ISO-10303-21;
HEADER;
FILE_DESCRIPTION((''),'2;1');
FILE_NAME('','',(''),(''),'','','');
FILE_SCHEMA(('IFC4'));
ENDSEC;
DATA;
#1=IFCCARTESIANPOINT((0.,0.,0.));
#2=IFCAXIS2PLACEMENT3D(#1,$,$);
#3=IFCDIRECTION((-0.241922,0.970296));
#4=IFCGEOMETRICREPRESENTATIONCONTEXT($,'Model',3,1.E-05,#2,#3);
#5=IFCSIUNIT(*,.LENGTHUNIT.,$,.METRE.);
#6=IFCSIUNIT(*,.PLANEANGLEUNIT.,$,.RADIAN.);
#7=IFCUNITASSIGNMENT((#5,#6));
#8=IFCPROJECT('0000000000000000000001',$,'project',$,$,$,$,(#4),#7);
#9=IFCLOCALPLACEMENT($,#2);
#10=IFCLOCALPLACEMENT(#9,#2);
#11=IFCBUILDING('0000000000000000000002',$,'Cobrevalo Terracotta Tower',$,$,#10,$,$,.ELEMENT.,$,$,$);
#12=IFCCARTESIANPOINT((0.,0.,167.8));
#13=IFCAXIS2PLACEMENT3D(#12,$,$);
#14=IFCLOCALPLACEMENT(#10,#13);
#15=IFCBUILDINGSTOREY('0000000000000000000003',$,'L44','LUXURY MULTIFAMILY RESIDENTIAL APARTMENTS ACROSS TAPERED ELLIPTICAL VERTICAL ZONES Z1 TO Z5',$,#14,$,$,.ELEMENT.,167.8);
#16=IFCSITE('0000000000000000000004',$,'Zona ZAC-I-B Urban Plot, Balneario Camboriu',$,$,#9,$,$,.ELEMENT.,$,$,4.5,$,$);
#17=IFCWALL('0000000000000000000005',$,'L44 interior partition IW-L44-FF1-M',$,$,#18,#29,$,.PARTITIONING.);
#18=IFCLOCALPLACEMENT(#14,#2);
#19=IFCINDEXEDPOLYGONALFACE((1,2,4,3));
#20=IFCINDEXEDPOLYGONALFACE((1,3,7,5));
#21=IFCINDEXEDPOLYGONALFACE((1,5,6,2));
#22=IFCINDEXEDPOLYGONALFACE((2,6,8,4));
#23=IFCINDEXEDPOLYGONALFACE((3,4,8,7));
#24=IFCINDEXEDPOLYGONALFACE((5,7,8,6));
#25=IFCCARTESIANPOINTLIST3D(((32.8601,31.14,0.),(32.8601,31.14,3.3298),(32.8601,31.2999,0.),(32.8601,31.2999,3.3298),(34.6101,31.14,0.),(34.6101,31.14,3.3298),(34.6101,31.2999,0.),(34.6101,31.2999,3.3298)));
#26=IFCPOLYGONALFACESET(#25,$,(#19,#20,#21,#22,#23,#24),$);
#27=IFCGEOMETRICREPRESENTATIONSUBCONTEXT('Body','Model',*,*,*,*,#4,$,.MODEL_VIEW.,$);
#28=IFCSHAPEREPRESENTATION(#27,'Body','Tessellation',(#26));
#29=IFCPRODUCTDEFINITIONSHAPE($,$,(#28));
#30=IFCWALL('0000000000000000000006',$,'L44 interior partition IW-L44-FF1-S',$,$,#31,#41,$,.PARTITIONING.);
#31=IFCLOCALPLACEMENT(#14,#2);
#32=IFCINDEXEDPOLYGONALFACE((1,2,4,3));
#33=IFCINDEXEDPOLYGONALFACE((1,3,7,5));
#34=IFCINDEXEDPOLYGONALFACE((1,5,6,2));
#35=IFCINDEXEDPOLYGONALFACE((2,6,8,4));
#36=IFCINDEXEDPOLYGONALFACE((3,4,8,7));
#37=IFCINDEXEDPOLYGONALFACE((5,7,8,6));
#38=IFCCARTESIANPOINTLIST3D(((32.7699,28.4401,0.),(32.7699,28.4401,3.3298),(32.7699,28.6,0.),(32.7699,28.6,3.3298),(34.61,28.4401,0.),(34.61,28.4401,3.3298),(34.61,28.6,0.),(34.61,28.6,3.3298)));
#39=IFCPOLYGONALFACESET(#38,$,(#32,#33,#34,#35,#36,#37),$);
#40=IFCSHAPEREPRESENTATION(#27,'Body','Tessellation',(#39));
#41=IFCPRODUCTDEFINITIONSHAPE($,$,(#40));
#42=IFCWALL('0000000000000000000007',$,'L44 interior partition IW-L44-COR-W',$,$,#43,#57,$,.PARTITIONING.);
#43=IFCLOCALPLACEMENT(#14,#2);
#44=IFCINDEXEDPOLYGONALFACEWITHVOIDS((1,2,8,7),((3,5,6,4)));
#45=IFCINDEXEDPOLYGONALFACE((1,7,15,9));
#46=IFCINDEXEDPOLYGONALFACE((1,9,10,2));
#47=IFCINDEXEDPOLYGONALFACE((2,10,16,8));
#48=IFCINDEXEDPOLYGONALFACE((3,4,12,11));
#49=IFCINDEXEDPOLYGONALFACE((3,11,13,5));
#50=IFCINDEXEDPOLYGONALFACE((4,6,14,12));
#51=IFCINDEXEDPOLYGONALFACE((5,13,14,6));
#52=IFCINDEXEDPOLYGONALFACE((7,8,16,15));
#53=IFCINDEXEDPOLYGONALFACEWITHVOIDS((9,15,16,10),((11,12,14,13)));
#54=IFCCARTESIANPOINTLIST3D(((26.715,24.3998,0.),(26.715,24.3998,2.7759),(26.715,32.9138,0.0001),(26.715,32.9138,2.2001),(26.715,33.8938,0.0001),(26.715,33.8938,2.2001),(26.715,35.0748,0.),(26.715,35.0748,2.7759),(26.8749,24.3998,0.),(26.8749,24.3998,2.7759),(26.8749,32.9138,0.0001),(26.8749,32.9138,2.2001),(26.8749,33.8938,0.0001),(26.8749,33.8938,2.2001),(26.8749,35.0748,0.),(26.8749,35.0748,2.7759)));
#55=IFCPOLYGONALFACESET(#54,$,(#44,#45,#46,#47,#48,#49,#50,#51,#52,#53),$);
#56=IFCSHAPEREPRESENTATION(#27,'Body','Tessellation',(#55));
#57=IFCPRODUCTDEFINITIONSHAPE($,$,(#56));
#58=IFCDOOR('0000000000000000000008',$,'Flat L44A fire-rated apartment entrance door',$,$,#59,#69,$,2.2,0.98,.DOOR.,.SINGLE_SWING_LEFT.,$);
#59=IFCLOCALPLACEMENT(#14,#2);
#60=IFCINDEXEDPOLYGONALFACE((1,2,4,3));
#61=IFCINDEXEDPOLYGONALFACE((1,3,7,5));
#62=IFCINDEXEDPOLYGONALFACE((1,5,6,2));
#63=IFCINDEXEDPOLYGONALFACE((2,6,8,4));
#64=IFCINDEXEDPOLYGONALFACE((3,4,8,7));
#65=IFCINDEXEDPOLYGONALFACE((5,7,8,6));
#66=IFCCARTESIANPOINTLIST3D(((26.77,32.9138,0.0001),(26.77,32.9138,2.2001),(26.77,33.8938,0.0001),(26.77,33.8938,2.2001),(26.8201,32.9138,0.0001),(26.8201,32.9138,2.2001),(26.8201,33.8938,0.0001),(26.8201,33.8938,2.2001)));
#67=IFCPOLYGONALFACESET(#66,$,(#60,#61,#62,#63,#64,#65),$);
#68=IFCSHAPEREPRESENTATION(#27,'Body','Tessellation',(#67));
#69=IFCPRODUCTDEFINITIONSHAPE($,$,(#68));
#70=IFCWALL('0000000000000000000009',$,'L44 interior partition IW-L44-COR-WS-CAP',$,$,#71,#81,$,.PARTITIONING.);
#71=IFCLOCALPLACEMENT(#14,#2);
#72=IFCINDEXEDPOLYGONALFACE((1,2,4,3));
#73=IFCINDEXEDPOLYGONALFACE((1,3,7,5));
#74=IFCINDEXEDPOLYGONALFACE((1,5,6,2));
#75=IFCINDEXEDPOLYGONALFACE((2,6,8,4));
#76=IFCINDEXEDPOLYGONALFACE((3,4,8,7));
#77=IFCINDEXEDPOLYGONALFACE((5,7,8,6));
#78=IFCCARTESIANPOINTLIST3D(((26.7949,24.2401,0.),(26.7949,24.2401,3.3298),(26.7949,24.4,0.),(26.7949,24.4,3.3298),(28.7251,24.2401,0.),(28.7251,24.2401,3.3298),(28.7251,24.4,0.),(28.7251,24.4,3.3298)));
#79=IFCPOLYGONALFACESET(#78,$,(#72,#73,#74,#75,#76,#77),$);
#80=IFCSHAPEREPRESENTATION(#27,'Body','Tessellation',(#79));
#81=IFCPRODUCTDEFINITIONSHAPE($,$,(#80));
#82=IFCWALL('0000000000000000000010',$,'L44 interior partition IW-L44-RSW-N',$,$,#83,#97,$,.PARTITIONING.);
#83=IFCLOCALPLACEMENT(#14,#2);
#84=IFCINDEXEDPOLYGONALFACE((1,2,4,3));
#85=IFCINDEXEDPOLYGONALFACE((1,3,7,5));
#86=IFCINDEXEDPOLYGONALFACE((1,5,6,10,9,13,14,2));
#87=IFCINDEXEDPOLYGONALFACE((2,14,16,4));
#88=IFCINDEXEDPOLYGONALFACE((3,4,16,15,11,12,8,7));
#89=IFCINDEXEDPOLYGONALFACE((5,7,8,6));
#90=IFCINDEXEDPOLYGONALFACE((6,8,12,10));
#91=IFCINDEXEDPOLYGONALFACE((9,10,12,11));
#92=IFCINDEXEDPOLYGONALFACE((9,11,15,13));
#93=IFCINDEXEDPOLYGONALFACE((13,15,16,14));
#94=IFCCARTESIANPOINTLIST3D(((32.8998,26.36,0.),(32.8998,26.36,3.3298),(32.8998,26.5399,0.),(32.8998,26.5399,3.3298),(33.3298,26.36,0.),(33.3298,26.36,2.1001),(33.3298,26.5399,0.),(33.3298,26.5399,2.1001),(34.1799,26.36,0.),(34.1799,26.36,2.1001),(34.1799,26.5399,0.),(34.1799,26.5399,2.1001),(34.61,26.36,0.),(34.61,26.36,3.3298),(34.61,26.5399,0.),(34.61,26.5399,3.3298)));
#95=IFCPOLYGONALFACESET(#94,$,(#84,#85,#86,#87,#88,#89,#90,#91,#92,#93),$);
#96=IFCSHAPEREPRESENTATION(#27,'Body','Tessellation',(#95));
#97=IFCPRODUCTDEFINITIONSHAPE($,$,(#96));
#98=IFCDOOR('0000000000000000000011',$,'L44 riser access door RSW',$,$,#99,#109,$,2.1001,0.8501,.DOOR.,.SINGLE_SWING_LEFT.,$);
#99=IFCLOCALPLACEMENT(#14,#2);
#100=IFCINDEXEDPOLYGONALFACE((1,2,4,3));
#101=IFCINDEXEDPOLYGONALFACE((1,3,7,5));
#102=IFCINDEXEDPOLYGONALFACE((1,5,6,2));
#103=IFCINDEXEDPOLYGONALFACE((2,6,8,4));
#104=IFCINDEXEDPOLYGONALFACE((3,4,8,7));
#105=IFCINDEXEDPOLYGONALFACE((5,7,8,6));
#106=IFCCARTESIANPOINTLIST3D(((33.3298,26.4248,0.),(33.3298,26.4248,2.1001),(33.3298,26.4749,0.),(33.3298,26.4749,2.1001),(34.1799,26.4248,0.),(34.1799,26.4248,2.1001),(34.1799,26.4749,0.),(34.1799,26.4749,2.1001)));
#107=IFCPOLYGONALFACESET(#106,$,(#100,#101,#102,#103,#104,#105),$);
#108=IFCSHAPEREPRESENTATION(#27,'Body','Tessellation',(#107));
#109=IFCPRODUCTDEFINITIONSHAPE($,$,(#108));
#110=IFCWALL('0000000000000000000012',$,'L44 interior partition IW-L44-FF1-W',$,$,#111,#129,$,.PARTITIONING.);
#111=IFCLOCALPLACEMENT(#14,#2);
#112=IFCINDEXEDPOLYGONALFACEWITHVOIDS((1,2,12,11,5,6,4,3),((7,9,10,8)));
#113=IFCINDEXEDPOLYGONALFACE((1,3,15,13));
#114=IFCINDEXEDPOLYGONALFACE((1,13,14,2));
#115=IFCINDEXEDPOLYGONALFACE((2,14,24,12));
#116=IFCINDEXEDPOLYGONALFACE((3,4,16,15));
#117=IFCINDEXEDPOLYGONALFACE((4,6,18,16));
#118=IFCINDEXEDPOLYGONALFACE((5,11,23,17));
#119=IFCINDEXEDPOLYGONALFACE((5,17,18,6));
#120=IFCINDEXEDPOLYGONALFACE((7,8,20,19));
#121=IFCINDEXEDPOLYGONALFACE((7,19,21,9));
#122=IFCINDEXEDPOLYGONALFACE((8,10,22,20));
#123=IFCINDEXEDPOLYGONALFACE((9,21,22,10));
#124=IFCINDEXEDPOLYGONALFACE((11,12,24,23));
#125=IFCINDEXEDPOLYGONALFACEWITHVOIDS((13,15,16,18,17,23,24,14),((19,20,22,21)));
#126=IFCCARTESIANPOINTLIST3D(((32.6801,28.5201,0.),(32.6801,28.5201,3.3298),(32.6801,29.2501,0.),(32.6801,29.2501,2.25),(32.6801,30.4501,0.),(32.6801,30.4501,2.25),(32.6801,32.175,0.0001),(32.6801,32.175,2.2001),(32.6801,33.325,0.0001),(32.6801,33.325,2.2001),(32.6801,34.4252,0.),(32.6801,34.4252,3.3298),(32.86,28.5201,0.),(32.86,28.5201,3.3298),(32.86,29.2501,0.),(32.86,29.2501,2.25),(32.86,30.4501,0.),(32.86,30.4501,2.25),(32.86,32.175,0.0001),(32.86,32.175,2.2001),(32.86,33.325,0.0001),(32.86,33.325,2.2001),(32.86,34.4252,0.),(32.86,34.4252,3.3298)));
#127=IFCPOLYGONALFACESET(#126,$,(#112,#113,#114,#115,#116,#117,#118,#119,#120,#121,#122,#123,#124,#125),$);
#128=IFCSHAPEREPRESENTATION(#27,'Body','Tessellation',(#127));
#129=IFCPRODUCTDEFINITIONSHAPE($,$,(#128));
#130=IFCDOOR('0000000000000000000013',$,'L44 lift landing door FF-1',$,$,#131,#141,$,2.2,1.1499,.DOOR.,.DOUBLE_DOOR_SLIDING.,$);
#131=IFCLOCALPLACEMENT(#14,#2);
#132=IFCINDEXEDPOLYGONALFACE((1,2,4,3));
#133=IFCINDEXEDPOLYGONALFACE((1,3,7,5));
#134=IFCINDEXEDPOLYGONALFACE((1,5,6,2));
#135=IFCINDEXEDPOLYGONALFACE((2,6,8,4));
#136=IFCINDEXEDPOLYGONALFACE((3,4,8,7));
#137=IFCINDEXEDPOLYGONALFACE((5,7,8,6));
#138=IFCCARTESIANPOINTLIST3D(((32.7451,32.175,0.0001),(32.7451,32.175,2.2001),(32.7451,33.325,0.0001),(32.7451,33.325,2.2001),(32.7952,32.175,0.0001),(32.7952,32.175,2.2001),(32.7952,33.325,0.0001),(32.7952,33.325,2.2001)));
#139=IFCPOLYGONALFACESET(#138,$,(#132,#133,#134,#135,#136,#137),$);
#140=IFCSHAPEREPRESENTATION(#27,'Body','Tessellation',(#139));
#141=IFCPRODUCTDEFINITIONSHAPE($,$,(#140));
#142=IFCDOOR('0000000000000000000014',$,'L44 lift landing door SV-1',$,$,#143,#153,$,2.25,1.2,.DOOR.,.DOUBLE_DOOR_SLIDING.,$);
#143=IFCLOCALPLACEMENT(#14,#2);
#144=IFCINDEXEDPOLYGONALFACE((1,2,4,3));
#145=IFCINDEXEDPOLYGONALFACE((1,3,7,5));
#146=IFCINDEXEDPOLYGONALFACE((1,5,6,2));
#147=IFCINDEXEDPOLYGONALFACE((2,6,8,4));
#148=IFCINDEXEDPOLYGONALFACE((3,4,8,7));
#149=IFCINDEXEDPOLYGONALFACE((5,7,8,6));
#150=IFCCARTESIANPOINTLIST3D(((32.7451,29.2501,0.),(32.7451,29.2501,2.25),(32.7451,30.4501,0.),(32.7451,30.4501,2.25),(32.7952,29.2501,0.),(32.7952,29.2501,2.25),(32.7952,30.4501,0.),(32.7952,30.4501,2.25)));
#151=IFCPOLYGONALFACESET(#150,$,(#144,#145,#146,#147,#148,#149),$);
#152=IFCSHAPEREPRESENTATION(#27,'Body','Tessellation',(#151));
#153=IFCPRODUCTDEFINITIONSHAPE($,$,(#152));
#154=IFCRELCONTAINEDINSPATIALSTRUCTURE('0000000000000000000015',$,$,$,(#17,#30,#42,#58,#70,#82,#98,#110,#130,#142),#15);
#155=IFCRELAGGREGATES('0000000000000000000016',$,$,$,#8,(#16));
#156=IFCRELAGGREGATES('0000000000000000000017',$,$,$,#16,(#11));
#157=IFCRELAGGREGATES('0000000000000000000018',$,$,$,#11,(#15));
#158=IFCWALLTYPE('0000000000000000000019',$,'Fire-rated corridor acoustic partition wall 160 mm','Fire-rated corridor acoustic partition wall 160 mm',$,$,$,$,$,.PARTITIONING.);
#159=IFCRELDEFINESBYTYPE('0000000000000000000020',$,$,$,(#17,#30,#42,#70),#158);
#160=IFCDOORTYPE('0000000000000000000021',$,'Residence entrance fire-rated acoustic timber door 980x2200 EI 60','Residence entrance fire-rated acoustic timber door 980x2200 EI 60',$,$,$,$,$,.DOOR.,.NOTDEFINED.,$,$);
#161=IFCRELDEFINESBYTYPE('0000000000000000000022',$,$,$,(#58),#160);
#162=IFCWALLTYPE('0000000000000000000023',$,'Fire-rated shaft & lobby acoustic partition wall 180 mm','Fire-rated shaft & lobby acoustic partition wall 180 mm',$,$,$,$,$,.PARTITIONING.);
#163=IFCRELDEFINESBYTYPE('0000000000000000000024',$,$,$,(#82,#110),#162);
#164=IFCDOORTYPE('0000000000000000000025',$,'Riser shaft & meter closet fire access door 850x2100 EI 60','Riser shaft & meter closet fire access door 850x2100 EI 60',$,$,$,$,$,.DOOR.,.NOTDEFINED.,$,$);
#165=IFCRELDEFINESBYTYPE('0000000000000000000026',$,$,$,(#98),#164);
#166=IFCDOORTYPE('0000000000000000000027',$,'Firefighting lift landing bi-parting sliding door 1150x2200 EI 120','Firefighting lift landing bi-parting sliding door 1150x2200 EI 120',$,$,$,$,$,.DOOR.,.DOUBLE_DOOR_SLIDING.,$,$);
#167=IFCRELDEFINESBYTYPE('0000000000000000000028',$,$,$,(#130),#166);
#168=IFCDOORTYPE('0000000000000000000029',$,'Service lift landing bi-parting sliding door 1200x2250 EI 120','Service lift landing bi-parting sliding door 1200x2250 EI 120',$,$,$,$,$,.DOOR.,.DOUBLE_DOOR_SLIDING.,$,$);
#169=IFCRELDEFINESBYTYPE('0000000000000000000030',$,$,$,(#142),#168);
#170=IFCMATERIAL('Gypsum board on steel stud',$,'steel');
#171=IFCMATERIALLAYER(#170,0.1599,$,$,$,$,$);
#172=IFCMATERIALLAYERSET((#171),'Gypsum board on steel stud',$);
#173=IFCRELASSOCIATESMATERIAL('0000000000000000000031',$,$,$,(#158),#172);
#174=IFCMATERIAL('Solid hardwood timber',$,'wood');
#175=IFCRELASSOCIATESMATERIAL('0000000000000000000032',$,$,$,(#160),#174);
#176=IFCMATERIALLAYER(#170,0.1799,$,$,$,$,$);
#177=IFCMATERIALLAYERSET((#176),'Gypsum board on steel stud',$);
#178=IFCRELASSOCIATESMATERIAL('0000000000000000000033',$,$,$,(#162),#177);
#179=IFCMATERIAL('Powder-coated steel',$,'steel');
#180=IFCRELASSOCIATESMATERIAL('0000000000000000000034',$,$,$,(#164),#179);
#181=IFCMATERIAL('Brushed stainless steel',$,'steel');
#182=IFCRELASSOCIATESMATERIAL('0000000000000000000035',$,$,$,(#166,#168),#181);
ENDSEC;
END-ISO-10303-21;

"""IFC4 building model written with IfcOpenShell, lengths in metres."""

from ifc_helpers import new_model, si_unit, direction, frame, frame_2d, origin, place, context, subcontext, project, spatial, rectangle, extrude, source, transform, mapped, material, layer, layer_set, type_object, element, fill, save


model = new_model("IFC4")

# Units and contexts
model_context = context("Model", 3, precision=1e-05, world=origin(), true_north=direction((-0.241922, 0.970296)))
body_context = subcontext(model_context, "Body", "Model", "MODEL_VIEW")
ifc_project = project(units=[si_unit("LENGTHUNIT", "METRE"), si_unit("PLANEANGLEUNIT", "RADIAN")], contexts=[model_context])

# Site, building, storey
site_placement = place(None, origin())
site = spatial("IfcSite", under=ifc_project, at=site_placement, Name="Zona ZAC-I-B Urban Plot, Balneario Camboriu", CompositionType="ELEMENT", RefElevation=4.5)
building_placement = place(site_placement, origin())
building = spatial("IfcBuilding", under=site, at=building_placement, Name="Cobrevalo Terracotta Tower", CompositionType="ELEMENT")
storey_placement = place(building_placement, frame((0.0, 0.0, 167.8)))
storey = spatial("IfcBuildingStorey", under=building, at=storey_placement, Name="L44", Description="LUXURY MULTIFAMILY RESIDENTIAL APARTMENTS ACROSS TAPERED ELLIPTICAL VERTICAL ZONES Z1 TO Z5", CompositionType="ELEMENT", Elevation=167.8)

# Walls
ifc_material_1 = material(Name="Gypsum board on steel stud", Category="steel")
ifc_layer_1 = layer(ifc_material_1, 0.1599)
ifc_layer_set_1 = layer_set([ifc_layer_1], Name="Gypsum board on steel stud")
wall_type_1 = type_object("IfcWallType", Name="Fire-rated corridor acoustic partition wall 160 mm", Description="Fire-rated corridor acoustic partition wall 160 mm", PredefinedType="PARTITIONING", material=ifc_layer_set_1)
wall_1_placement = place(storey_placement, frame((32.8601, 31.22, 0.0), z_axis=(0.0, 0.0, 1.0), x_axis=(1.0, 0.0, 0.0)))
element("IfcWall", 1, at=wall_1_placement, inside=storey, type_object=wall_type_1, Name="L44 interior partition IW-L44-FF1-M", PredefinedType="PARTITIONING", context=body_context, shape_type="SweptSolid", body=[
    extrude(rectangle(XDim=1.75, YDim=0.1599, at=frame_2d((0.875, 0.0))), origin(), (0.0, 0.0, 1.0), 3.3298),
])
wall_2_placement = place(storey_placement, frame((32.77, 28.52, 0.0), z_axis=(0.0, 0.0, 1.0), x_axis=(1.0, 0.0, 0.0)))
element("IfcWall", 2, at=wall_2_placement, inside=storey, type_object=wall_type_1, Name="L44 interior partition IW-L44-FF1-S", PredefinedType="PARTITIONING", context=body_context, shape_type="SweptSolid", body=[
    extrude(rectangle(XDim=1.8401, YDim=0.1599, at=frame_2d((0.9199, 0.0))), origin(), (0.0, 0.0, 1.0), 3.3298),
])

# Wall, opening, door
wall_3_placement = place(storey_placement, frame((26.7949, 24.3999, 0.0), z_axis=(0.0, 0.0, 1.0), x_axis=(0.0, 1.0, 0.0)))
wall_3 = element("IfcWall", 3, at=wall_3_placement, inside=storey, type_object=wall_type_1, Name="L44 interior partition IW-L44-COR-W", PredefinedType="PARTITIONING", context=body_context, shape_type="SweptSolid", body=[
    extrude(rectangle(XDim=10.675, YDim=0.1599, at=frame_2d((5.3374, 0.0))), origin(), (0.0, 0.0, 1.0), 2.7759),
])
opening_1_placement = place(wall_3_placement, frame((8.5139, 0.0, 0.0)))
opening_1 = element("IfcOpeningElement", 4, at=opening_1_placement, cuts=wall_3, PredefinedType="OPENING", context=body_context, shape_type="SweptSolid", body=[
    extrude(rectangle(XDim=0.98, YDim=2.2, at=frame_2d((0.49, 1.1001))), frame((0.0, 0.0898, 0.0), z_axis=(0.0, -1.0, 0.0), x_axis=(1.0, 0.0, 0.0)), (0.0, 0.0, 1.0), 0.1799),
])
ifc_material_2 = material(Name="Solid hardwood timber", Category="wood")
door_type_1 = type_object("IfcDoorType", Name="Residence entrance fire-rated acoustic timber door 980x2200 EI 60", Description="Residence entrance fire-rated acoustic timber door 980x2200 EI 60", OperationType="NOTDEFINED", PredefinedType="DOOR", material=ifc_material_2)
shared_shape_1 = source(origin(), body_context, "Body", "SweptSolid", [
    extrude(rectangle(XDim=0.98, YDim=2.2, at=frame_2d((0.49, 1.1001))), frame((0.0, 0.0249, 0.0), z_axis=(0.0, -1.0, 0.0), x_axis=(1.0, 0.0, 0.0)), (0.0, 0.0, 1.0), 0.05),
])
door_1_placement = place(opening_1_placement, origin())
door_1 = element("IfcDoor", 5, at=door_1_placement, inside=storey, type_object=door_type_1, Name="Flat L44A fire-rated apartment entrance door", OperationType="SINGLE_SWING_LEFT", OverallHeight=2.2, OverallWidth=0.98, PredefinedType="DOOR", context=body_context, shape_type="MappedRepresentation", body=[
    mapped(shared_shape_1, transform((0.0, 0.0, 0.0), scale=1.0)),
])
fill(opening_1, door_1)

# Wall
wall_4_placement = place(storey_placement, frame((26.7949, 24.3201, 0.0), z_axis=(0.0, 0.0, 1.0), x_axis=(1.0, 0.0, 0.0)))
element("IfcWall", 6, at=wall_4_placement, inside=storey, type_object=wall_type_1, Name="L44 interior partition IW-L44-COR-WS-CAP", PredefinedType="PARTITIONING", context=body_context, shape_type="SweptSolid", body=[
    extrude(rectangle(XDim=1.9302, YDim=0.1599, at=frame_2d((0.9651, 0.0))), origin(), (0.0, 0.0, 1.0), 3.3298),
])

# Wall, opening, door
ifc_layer_2 = layer(ifc_material_1, 0.1799)
ifc_layer_set_2 = layer_set([ifc_layer_2], Name="Gypsum board on steel stud")
wall_type_2 = type_object("IfcWallType", Name="Fire-rated shaft & lobby acoustic partition wall 180 mm", Description="Fire-rated shaft & lobby acoustic partition wall 180 mm", PredefinedType="PARTITIONING", material=ifc_layer_set_2)
wall_5_placement = place(storey_placement, frame((32.8999, 26.45, 0.0), z_axis=(0.0, 0.0, 1.0), x_axis=(1.0, 0.0, 0.0)))
wall_5 = element("IfcWall", 7, at=wall_5_placement, inside=storey, type_object=wall_type_2, Name="L44 interior partition IW-L44-RSW-N", PredefinedType="PARTITIONING", context=body_context, shape_type="SweptSolid", body=[
    extrude(rectangle(XDim=1.7102, YDim=0.1799, at=frame_2d((0.855, 0.0))), origin(), (0.0, 0.0, 1.0), 3.3298),
])
opening_2_placement = place(wall_5_placement, frame((0.4299, 0.0, 0.0)))
opening_2 = element("IfcOpeningElement", 8, at=opening_2_placement, cuts=wall_5, PredefinedType="OPENING", context=body_context, shape_type="SweptSolid", body=[
    extrude(rectangle(XDim=0.8501, YDim=2.1001, at=frame_2d((0.425, 1.05))), frame((0.0, 0.1001, 0.0), z_axis=(0.0, -1.0, 0.0), x_axis=(1.0, 0.0, 0.0)), (0.0, 0.0, 1.0), 0.2),
])
ifc_material_3 = material(Name="Powder-coated steel", Category="steel")
door_type_2 = type_object("IfcDoorType", Name="Riser shaft & meter closet fire access door 850x2100 EI 60", Description="Riser shaft & meter closet fire access door 850x2100 EI 60", OperationType="NOTDEFINED", PredefinedType="DOOR", material=ifc_material_3)
shared_shape_2 = source(origin(), body_context, "Body", "SweptSolid", [
    extrude(rectangle(XDim=0.8501, YDim=2.1001, at=frame_2d((0.425, 1.05))), frame((0.0, 0.0249, 0.0), z_axis=(0.0, -1.0, 0.0), x_axis=(1.0, 0.0, 0.0)), (0.0, 0.0, 1.0), 0.05),
])
door_2_placement = place(opening_2_placement, origin())
door_2 = element("IfcDoor", 9, at=door_2_placement, inside=storey, type_object=door_type_2, Name="L44 riser access door RSW", OperationType="SINGLE_SWING_LEFT", OverallHeight=2.1001, OverallWidth=0.8501, PredefinedType="DOOR", context=body_context, shape_type="MappedRepresentation", body=[
    mapped(shared_shape_2, transform((0.0, 0.0, 0.0), scale=1.0)),
])
fill(opening_2, door_2)

# Wall, openings, doors
wall_6_placement = place(storey_placement, frame((32.77, 28.52, 0.0), z_axis=(0.0, 0.0, 1.0), x_axis=(0.0, 1.0, 0.0)))
wall_6 = element("IfcWall", 10, at=wall_6_placement, inside=storey, type_object=wall_type_2, Name="L44 interior partition IW-L44-FF1-W", PredefinedType="PARTITIONING", context=body_context, shape_type="SweptSolid", body=[
    extrude(rectangle(XDim=5.905, YDim=0.1799, at=frame_2d((2.9526, 0.0))), origin(), (0.0, 0.0, 1.0), 3.3298),
])
opening_3_placement = place(wall_6_placement, frame((3.655, 0.0, 0.0)))
opening_3 = element("IfcOpeningElement", 11, at=opening_3_placement, cuts=wall_6, PredefinedType="OPENING", context=body_context, shape_type="SweptSolid", body=[
    extrude(rectangle(XDim=1.1499, YDim=2.2, at=frame_2d((0.575, 1.1001))), frame((0.0, 0.1001, 0.0), z_axis=(0.0, -1.0, 0.0), x_axis=(1.0, 0.0, 0.0)), (0.0, 0.0, 1.0), 0.2),
])
opening_4_placement = place(wall_6_placement, frame((0.73, 0.0, 0.0)))
opening_4 = element("IfcOpeningElement", 12, at=opening_4_placement, cuts=wall_6, PredefinedType="OPENING", context=body_context, shape_type="SweptSolid", body=[
    extrude(rectangle(XDim=1.2, YDim=2.25, at=frame_2d((0.6001, 1.125))), frame((0.0, 0.1001, 0.0), z_axis=(0.0, -1.0, 0.0), x_axis=(1.0, 0.0, 0.0)), (0.0, 0.0, 1.0), 0.2),
])
ifc_material_4 = material(Name="Brushed stainless steel", Category="steel")
door_type_3 = type_object("IfcDoorType", Name="Firefighting lift landing bi-parting sliding door 1150x2200 EI 120", Description="Firefighting lift landing bi-parting sliding door 1150x2200 EI 120", OperationType="DOUBLE_DOOR_SLIDING", PredefinedType="DOOR", material=ifc_material_4)
shared_shape_3 = source(origin(), body_context, "Body", "SweptSolid", [
    extrude(rectangle(XDim=1.1499, YDim=2.2, at=frame_2d((0.575, 1.1001))), frame((0.0, 0.0249, 0.0), z_axis=(0.0, -1.0, 0.0), x_axis=(1.0, 0.0, 0.0)), (0.0, 0.0, 1.0), 0.05),
])
door_3_placement = place(opening_3_placement, origin())
door_3 = element("IfcDoor", 13, at=door_3_placement, inside=storey, type_object=door_type_3, Name="L44 lift landing door FF-1", OperationType="DOUBLE_DOOR_SLIDING", OverallHeight=2.2, OverallWidth=1.1499, PredefinedType="DOOR", context=body_context, shape_type="MappedRepresentation", body=[
    mapped(shared_shape_3, transform((0.0, 0.0, 0.0), scale=1.0)),
])
fill(opening_3, door_3)
door_type_4 = type_object("IfcDoorType", Name="Service lift landing bi-parting sliding door 1200x2250 EI 120", Description="Service lift landing bi-parting sliding door 1200x2250 EI 120", OperationType="DOUBLE_DOOR_SLIDING", PredefinedType="DOOR", material=ifc_material_4)
shared_shape_4 = source(origin(), body_context, "Body", "SweptSolid", [
    extrude(rectangle(XDim=1.2, YDim=2.25, at=frame_2d((0.6001, 1.125))), frame((0.0, 0.0249, 0.0), z_axis=(0.0, -1.0, 0.0), x_axis=(1.0, 0.0, 0.0)), (0.0, 0.0, 1.0), 0.05),
])
door_4_placement = place(opening_4_placement, origin())
door_4 = element("IfcDoor", 14, at=door_4_placement, inside=storey, type_object=door_type_4, Name="L44 lift landing door SV-1", OperationType="DOUBLE_DOOR_SLIDING", OverallHeight=2.25, OverallWidth=1.2, PredefinedType="DOOR", context=body_context, shape_type="MappedRepresentation", body=[
    mapped(shared_shape_4, transform((0.0, 0.0, 0.0), scale=1.0)),
])
fill(opening_4, door_4)

save(model, "model.ifc")
